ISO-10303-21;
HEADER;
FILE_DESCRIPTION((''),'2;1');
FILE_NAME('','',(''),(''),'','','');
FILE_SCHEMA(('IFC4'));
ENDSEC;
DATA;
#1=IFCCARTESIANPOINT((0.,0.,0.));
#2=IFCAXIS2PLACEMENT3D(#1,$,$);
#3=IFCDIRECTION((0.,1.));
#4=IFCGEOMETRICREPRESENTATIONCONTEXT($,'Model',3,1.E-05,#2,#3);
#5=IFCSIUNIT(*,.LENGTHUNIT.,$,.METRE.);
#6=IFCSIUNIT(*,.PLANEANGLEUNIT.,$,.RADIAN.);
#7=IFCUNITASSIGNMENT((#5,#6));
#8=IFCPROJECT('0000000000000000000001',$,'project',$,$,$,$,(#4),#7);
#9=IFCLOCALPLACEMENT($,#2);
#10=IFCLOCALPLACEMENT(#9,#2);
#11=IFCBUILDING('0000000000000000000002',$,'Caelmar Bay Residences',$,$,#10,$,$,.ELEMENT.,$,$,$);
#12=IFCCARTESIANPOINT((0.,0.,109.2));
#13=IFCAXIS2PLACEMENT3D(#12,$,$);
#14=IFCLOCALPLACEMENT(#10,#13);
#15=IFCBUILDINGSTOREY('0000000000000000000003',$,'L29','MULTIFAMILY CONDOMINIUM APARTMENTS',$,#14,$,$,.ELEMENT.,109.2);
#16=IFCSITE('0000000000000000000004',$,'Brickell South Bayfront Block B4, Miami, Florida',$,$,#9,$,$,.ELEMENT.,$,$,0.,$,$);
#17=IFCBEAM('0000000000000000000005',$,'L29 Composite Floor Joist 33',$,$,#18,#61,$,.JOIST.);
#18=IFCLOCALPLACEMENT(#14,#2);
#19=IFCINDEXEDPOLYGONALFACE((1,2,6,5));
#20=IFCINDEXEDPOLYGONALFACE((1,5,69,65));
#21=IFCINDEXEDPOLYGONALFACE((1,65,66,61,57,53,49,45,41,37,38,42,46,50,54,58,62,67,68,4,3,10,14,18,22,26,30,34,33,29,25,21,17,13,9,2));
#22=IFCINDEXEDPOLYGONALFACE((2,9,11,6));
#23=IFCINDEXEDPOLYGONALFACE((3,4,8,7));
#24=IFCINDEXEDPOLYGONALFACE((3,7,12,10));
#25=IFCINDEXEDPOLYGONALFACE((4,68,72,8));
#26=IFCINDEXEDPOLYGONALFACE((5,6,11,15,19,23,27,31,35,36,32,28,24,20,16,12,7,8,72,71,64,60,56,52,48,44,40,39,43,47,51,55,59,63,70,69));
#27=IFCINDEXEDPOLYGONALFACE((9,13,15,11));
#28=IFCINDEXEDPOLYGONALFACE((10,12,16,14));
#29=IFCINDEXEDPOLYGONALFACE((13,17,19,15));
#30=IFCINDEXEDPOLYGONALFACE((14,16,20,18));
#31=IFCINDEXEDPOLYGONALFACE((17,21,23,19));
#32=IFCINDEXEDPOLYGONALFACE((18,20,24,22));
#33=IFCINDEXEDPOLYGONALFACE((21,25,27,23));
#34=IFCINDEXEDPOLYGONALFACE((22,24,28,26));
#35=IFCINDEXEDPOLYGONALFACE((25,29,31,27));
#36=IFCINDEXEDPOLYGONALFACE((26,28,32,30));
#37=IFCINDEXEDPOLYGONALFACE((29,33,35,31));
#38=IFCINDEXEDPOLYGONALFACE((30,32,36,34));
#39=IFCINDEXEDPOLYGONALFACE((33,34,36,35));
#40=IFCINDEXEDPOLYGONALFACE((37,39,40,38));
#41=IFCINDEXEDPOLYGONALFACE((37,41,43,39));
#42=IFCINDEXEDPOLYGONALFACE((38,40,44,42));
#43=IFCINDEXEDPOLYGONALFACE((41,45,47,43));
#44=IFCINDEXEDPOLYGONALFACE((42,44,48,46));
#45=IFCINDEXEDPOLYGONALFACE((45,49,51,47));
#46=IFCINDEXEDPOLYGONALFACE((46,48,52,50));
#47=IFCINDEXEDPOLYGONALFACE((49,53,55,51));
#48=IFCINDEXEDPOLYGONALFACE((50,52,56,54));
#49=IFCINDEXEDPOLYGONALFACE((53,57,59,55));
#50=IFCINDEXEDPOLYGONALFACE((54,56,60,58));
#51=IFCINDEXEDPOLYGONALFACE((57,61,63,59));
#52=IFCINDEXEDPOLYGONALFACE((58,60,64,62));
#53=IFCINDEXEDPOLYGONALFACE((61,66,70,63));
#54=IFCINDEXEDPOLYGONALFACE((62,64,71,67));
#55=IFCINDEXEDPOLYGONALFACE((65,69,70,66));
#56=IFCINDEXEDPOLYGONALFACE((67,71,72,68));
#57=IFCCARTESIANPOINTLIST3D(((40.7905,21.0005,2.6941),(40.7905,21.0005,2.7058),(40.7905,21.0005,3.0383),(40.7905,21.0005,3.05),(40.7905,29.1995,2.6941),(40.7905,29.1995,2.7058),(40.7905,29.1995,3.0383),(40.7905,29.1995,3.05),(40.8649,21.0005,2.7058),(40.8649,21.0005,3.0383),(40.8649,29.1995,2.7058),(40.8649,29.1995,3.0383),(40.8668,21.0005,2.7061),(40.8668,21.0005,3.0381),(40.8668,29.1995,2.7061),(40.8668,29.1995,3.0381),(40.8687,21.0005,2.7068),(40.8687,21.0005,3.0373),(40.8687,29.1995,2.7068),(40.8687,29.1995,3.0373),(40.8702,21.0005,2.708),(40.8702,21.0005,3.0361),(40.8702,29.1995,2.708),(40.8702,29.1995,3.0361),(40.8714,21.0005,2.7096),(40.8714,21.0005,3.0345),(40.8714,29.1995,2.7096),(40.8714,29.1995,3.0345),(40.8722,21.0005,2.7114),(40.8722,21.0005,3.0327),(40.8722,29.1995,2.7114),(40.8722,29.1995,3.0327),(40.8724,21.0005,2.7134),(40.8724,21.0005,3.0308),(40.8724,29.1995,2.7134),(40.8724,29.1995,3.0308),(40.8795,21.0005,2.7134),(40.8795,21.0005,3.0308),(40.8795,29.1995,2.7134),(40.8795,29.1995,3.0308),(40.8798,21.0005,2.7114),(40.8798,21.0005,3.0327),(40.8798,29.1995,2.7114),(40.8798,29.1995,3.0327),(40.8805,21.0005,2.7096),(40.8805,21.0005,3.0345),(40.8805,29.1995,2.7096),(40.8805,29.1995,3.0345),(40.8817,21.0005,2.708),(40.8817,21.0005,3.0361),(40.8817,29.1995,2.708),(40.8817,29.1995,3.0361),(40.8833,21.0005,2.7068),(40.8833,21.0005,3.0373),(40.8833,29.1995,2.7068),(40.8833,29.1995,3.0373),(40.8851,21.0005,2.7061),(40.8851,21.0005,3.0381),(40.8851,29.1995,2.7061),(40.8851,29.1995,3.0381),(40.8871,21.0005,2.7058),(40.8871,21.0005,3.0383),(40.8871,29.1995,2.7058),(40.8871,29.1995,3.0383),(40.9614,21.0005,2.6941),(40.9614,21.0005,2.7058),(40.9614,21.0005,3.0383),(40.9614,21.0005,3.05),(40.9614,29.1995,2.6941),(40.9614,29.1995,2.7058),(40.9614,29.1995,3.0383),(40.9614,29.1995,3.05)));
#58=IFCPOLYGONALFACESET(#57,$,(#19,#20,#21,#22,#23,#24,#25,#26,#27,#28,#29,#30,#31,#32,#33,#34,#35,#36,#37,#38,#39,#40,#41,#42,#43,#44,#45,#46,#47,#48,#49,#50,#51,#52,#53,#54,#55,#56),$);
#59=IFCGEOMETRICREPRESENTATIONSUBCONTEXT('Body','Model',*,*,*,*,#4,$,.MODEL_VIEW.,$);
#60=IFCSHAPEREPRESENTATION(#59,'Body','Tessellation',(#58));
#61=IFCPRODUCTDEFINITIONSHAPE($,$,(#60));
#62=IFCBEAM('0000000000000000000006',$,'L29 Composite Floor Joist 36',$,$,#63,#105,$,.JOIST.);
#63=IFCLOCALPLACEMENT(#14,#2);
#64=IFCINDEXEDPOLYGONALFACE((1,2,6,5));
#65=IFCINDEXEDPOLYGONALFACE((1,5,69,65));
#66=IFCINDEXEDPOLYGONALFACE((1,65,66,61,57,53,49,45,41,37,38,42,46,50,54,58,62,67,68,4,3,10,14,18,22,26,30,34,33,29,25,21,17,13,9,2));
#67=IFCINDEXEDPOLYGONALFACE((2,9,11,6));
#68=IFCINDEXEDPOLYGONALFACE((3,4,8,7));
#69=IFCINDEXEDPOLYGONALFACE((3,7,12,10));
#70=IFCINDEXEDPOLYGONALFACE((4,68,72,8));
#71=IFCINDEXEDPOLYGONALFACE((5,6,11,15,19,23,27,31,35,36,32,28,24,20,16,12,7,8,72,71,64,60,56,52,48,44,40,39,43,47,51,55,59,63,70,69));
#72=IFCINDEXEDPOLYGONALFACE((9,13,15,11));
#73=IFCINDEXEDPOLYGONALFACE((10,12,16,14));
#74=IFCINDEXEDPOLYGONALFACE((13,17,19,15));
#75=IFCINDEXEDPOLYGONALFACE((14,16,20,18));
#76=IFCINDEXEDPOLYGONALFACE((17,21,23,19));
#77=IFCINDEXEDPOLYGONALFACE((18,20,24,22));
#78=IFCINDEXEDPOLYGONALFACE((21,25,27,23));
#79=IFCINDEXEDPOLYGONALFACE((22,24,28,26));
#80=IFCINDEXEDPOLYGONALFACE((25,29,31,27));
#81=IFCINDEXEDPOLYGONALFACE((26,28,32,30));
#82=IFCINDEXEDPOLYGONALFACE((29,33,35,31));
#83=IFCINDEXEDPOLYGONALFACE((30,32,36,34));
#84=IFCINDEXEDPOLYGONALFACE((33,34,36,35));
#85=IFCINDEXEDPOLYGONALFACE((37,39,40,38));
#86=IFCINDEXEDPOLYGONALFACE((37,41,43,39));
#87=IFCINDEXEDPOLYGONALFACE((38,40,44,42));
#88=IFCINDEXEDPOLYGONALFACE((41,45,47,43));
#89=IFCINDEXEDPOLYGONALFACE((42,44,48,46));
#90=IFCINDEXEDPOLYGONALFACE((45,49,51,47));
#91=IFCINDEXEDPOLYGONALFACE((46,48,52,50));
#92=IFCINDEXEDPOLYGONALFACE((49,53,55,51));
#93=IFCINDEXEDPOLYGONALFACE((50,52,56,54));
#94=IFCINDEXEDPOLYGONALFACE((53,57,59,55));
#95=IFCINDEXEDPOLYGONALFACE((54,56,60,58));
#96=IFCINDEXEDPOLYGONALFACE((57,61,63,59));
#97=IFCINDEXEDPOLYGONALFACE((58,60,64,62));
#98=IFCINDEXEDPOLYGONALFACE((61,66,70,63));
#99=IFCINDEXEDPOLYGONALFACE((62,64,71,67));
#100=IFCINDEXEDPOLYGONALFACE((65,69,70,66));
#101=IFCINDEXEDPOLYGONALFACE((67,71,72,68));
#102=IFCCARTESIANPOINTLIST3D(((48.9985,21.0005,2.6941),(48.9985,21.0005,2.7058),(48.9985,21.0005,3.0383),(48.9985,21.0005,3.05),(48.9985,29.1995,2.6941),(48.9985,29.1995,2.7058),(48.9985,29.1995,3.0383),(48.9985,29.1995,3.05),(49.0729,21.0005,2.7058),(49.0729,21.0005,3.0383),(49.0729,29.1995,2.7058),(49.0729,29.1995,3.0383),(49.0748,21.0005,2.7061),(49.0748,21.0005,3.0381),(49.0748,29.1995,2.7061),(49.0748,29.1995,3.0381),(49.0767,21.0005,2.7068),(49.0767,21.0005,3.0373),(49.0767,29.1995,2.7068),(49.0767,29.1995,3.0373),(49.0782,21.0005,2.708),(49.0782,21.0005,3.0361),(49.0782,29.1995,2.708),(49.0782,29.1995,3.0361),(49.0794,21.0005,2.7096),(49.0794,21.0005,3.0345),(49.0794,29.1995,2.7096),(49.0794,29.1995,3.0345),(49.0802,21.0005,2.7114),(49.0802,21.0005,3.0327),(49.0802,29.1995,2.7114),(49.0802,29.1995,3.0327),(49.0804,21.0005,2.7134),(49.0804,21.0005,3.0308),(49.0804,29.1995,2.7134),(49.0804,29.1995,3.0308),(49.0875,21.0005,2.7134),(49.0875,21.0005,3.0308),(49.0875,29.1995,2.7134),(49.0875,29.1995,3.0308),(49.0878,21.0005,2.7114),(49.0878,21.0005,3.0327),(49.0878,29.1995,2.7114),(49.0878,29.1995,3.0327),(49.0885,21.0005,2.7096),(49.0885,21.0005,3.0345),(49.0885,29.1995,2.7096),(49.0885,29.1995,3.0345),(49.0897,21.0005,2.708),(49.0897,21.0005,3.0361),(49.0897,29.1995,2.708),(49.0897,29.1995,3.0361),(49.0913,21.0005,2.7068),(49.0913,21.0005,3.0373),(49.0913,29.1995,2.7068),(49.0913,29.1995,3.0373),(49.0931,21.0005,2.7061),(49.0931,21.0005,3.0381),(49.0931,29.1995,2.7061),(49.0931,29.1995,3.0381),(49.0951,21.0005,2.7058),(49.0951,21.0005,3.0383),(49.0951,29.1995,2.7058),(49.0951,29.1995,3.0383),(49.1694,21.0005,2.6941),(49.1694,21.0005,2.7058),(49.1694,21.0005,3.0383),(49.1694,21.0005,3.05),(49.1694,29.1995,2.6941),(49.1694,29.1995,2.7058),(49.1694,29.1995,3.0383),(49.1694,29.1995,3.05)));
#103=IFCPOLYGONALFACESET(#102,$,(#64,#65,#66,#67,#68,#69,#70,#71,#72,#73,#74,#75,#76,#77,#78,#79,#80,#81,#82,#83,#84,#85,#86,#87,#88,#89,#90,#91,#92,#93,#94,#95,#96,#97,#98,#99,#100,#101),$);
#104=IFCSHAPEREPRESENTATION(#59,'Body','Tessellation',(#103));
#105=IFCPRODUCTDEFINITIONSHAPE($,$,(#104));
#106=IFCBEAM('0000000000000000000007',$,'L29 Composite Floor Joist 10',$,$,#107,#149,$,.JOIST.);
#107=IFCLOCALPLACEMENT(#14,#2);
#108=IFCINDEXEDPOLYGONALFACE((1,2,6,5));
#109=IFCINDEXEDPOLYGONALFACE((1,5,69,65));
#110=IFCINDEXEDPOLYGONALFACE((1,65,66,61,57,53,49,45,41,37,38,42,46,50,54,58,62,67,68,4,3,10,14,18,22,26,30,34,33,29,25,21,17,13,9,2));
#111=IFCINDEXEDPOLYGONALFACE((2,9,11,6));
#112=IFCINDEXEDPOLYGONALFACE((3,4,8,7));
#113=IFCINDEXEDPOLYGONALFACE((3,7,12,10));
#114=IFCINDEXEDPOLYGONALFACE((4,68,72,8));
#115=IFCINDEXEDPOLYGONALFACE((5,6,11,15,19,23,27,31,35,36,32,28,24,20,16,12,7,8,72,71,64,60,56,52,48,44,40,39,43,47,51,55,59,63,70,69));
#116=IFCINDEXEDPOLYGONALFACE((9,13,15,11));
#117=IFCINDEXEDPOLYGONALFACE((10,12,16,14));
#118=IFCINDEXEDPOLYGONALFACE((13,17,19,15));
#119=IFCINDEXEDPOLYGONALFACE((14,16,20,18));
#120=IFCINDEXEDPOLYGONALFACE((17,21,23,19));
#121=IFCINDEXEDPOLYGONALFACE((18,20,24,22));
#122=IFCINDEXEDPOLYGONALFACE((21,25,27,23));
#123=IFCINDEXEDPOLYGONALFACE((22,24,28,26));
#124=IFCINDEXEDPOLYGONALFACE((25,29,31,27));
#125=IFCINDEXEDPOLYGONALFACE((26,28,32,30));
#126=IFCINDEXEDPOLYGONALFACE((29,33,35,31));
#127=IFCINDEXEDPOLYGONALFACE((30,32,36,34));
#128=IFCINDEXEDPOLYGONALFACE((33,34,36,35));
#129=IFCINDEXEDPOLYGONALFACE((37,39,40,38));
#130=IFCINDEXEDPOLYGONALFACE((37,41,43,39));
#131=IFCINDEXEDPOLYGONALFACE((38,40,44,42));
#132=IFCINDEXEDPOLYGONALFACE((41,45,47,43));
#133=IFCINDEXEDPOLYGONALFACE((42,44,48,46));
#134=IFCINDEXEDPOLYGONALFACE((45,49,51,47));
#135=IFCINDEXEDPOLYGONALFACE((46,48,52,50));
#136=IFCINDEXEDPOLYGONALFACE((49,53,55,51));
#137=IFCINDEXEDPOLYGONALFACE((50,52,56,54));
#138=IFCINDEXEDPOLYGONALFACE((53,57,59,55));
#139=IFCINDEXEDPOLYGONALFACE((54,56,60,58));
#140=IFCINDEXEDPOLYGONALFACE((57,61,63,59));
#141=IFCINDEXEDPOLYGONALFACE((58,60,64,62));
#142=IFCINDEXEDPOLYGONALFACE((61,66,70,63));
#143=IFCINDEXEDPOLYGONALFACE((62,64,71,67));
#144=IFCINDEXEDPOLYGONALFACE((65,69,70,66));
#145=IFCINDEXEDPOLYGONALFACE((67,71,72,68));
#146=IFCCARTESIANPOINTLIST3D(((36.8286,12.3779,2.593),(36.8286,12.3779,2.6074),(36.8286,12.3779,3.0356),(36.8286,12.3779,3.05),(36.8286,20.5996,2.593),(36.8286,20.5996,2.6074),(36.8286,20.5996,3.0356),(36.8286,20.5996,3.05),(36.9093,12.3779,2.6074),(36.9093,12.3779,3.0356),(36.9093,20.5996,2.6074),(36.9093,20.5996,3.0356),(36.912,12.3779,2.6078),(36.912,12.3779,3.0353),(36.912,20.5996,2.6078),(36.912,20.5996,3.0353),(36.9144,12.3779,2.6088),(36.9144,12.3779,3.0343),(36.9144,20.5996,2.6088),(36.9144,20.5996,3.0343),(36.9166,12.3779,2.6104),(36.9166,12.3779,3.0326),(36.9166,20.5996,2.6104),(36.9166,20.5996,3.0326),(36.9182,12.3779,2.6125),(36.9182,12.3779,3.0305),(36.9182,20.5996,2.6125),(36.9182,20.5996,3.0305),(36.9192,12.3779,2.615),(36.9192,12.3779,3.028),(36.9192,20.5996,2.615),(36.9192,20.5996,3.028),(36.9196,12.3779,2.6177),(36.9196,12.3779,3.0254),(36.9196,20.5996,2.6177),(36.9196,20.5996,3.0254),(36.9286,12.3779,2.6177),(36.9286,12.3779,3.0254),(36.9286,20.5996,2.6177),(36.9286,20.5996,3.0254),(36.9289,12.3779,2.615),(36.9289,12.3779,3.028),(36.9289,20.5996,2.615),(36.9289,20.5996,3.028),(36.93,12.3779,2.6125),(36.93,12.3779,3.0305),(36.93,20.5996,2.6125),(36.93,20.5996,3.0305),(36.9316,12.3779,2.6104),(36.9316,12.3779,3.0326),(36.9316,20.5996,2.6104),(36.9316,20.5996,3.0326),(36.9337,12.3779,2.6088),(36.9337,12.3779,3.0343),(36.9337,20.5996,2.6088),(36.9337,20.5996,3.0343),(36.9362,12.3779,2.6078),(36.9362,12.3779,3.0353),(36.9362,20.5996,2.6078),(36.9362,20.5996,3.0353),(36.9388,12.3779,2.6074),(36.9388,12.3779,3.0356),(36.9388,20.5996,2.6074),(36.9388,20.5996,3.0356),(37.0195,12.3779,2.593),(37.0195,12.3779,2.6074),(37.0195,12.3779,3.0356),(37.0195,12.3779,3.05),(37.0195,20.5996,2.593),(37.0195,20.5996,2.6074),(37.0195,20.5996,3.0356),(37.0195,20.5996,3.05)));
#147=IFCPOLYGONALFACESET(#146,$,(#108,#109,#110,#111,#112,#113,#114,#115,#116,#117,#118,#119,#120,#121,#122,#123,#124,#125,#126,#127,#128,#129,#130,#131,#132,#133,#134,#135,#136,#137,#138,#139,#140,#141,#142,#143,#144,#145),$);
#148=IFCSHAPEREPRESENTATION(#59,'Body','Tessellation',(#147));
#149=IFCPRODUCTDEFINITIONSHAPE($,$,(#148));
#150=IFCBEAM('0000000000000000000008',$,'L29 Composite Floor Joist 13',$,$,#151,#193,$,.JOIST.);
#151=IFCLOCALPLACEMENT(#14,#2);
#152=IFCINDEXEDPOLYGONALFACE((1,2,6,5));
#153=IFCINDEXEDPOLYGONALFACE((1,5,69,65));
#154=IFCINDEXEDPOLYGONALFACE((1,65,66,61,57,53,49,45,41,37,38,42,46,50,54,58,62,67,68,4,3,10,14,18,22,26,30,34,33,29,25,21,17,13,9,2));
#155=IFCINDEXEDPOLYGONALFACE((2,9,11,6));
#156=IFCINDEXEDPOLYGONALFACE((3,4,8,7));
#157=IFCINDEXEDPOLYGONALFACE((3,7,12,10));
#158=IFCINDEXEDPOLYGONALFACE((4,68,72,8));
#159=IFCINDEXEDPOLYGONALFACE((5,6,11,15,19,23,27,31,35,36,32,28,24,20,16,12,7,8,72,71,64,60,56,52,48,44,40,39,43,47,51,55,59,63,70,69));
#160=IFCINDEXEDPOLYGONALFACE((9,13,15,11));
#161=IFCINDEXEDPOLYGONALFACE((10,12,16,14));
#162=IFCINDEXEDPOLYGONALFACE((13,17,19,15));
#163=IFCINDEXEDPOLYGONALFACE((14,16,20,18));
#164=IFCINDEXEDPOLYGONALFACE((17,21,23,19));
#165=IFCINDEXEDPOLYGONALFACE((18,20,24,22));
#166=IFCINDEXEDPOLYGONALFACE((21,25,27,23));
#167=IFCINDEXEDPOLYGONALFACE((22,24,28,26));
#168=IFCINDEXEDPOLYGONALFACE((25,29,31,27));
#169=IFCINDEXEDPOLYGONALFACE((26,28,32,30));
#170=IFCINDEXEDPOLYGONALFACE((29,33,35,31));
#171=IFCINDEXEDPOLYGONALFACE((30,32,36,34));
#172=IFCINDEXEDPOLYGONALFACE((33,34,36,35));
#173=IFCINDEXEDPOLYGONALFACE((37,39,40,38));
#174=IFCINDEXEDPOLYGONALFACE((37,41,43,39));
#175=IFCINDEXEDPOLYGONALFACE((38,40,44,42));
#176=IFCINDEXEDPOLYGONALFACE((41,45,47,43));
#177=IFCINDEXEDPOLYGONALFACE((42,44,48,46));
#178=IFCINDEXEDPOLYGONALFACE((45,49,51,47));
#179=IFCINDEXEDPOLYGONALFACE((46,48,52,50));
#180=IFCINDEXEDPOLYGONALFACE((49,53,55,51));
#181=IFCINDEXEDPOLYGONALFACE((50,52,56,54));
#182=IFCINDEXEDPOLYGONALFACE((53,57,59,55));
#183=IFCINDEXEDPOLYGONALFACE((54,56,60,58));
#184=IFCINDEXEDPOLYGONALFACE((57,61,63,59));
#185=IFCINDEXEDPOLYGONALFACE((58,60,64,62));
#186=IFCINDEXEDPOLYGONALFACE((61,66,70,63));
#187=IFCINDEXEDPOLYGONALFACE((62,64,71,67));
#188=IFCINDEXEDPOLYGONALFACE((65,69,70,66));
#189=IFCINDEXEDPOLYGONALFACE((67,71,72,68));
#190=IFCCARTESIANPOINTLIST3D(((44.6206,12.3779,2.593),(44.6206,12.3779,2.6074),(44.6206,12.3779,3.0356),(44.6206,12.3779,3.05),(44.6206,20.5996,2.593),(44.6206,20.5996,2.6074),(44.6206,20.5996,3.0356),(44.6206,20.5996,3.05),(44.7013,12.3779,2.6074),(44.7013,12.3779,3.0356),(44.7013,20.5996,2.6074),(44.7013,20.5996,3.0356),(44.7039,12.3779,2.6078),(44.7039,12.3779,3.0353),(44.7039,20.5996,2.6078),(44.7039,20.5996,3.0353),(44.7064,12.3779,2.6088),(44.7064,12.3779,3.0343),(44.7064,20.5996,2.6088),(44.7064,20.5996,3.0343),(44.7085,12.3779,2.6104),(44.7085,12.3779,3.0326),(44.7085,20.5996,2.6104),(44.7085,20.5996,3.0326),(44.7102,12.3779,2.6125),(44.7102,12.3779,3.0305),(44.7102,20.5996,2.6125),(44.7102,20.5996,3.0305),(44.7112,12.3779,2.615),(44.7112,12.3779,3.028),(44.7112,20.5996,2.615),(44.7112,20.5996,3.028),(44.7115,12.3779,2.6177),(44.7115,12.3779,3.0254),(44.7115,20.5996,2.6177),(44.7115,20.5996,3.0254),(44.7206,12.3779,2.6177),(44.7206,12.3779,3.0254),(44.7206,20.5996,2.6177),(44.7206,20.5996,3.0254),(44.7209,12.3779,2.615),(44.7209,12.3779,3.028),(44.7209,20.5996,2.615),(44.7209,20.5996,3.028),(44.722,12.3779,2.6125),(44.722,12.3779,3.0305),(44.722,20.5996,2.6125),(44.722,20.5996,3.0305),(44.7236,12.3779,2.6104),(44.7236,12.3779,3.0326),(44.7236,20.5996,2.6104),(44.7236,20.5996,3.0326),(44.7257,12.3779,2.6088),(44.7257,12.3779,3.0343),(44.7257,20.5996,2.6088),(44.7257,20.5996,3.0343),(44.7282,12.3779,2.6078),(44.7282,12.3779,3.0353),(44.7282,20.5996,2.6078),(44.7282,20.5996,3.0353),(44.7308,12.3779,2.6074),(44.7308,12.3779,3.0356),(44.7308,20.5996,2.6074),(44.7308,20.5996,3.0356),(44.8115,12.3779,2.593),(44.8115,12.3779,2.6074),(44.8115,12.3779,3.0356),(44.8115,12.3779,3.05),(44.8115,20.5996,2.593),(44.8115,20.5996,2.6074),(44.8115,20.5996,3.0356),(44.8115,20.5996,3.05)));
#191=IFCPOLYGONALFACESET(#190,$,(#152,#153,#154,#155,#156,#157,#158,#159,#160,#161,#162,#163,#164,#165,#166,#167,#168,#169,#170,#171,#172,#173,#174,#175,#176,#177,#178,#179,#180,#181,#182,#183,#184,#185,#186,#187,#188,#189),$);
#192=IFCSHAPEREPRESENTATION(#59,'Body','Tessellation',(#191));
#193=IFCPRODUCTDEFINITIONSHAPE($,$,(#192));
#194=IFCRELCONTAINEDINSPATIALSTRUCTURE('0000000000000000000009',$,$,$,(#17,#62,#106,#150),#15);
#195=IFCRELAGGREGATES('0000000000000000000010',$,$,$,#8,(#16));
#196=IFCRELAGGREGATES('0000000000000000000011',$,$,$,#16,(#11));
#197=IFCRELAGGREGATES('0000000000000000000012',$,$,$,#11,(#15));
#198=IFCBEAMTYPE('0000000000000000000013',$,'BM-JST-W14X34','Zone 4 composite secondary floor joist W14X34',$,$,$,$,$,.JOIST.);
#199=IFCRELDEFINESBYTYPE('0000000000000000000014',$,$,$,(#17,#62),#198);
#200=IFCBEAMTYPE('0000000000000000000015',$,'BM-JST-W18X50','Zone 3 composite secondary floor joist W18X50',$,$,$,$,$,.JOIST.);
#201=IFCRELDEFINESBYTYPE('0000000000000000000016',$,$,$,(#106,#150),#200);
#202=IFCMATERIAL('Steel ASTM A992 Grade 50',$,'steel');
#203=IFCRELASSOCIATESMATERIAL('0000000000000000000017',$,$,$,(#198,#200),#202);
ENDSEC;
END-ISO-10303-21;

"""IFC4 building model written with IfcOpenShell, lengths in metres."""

from ifc_helpers import new_model, si_unit, direction, frame, origin, origin_2d, place, context, subcontext, project, spatial, i_section, extrude, material, material_profile, profile_set, type_object, element, save


model = new_model("IFC4")

# Units and contexts
model_context = context("Model", 3, precision=1e-05, world=origin(), true_north=direction((0.0, 1.0)))
body_context = subcontext(model_context, "Body", "Model", "MODEL_VIEW")
ifc_project = project(units=[si_unit("LENGTHUNIT", "METRE"), si_unit("PLANEANGLEUNIT", "RADIAN")], contexts=[model_context])

# Site, building, storey
site_placement = place(None, origin())
site = spatial("IfcSite", under=ifc_project, at=site_placement, Name="Brickell South Bayfront Block B4, Miami, Florida", CompositionType="ELEMENT", RefElevation=0.0)
building_placement = place(site_placement, origin())
building = spatial("IfcBuilding", under=site, at=building_placement, Name="Caelmar Bay Residences", CompositionType="ELEMENT")
storey_placement = place(building_placement, frame((0.0, 0.0, 109.2)))
storey = spatial("IfcBuildingStorey", under=building, at=storey_placement, Name="L29", Description="MULTIFAMILY CONDOMINIUM APARTMENTS", CompositionType="ELEMENT", Elevation=109.2)

# Beams
ifc_material_1 = material(Name="Steel ASTM A992 Grade 50", Category="steel")
ifc_material_profile_1 = material_profile(ifc_material_1, i_section(OverallWidth=0.1709, OverallDepth=0.356, WebThickness=0.0071, FlangeThickness=0.0117, FilletRadius=0.0076, at=origin_2d()), Name="W14X34")
ifc_profile_set_1 = profile_set([ifc_material_profile_1], Name="Steel ASTM A992 Grade 50")
beam_type_1 = type_object("IfcBeamType", Name="BM-JST-W14X34", Description="Zone 4 composite secondary floor joist W14X34", PredefinedType="JOIST", material=ifc_profile_set_1)
for number, where, z_axis, x_axis, name in (
    (1, (40.876, 21.0005, 2.8721), (0.0, 1.0, 0.0), (-1.0, 0.0, 0.0), "L29 Composite Floor Joist 33"),
    (2, (49.084, 21.0005, 2.8721), (0.0, 1.0, 0.0), (-1.0, 0.0, 0.0), "L29 Composite Floor Joist 36"),
):
    element("IfcBeam", number, at=place(storey_placement, frame(where, z_axis=z_axis, x_axis=x_axis)), inside=storey, type_object=beam_type_1, Name=name, PredefinedType="JOIST", context=body_context, shape_type="SweptSolid", body=[
        extrude(i_section(OverallWidth=0.1709, OverallDepth=0.356, WebThickness=0.0071, FlangeThickness=0.0117, FilletRadius=0.0076, at=origin_2d()), origin(), (0.0, 0.0, 1.0), 8.199),
    ])
ifc_material_profile_2 = material_profile(ifc_material_1, i_section(OverallWidth=0.1909, OverallDepth=0.457, WebThickness=0.009, FlangeThickness=0.0144, FilletRadius=0.0103, at=origin_2d()), Name="W18X50")
ifc_profile_set_2 = profile_set([ifc_material_profile_2], Name="Steel ASTM A992 Grade 50")
beam_type_2 = type_object("IfcBeamType", Name="BM-JST-W18X50", Description="Zone 3 composite secondary floor joist W18X50", PredefinedType="JOIST", material=ifc_profile_set_2)
for number, where, z_axis, x_axis, name in (
    (3, (36.9241, 12.3779, 2.8215), (0.0, 1.0, 0.0), (-1.0, 0.0, 0.0), "L29 Composite Floor Joist 10"),
    (4, (44.7161, 12.3779, 2.8215), (0.0, 1.0, 0.0), (-1.0, 0.0, 0.0), "L29 Composite Floor Joist 13"),
):
    element("IfcBeam", number, at=place(storey_placement, frame(where, z_axis=z_axis, x_axis=x_axis)), inside=storey, type_object=beam_type_2, Name=name, PredefinedType="JOIST", context=body_context, shape_type="SweptSolid", body=[
        extrude(i_section(OverallWidth=0.1909, OverallDepth=0.457, WebThickness=0.009, FlangeThickness=0.0144, FilletRadius=0.0103, at=origin_2d()), origin(), (0.0, 0.0, 1.0), 8.2217),
    ])

save(model, "model.ifc")
